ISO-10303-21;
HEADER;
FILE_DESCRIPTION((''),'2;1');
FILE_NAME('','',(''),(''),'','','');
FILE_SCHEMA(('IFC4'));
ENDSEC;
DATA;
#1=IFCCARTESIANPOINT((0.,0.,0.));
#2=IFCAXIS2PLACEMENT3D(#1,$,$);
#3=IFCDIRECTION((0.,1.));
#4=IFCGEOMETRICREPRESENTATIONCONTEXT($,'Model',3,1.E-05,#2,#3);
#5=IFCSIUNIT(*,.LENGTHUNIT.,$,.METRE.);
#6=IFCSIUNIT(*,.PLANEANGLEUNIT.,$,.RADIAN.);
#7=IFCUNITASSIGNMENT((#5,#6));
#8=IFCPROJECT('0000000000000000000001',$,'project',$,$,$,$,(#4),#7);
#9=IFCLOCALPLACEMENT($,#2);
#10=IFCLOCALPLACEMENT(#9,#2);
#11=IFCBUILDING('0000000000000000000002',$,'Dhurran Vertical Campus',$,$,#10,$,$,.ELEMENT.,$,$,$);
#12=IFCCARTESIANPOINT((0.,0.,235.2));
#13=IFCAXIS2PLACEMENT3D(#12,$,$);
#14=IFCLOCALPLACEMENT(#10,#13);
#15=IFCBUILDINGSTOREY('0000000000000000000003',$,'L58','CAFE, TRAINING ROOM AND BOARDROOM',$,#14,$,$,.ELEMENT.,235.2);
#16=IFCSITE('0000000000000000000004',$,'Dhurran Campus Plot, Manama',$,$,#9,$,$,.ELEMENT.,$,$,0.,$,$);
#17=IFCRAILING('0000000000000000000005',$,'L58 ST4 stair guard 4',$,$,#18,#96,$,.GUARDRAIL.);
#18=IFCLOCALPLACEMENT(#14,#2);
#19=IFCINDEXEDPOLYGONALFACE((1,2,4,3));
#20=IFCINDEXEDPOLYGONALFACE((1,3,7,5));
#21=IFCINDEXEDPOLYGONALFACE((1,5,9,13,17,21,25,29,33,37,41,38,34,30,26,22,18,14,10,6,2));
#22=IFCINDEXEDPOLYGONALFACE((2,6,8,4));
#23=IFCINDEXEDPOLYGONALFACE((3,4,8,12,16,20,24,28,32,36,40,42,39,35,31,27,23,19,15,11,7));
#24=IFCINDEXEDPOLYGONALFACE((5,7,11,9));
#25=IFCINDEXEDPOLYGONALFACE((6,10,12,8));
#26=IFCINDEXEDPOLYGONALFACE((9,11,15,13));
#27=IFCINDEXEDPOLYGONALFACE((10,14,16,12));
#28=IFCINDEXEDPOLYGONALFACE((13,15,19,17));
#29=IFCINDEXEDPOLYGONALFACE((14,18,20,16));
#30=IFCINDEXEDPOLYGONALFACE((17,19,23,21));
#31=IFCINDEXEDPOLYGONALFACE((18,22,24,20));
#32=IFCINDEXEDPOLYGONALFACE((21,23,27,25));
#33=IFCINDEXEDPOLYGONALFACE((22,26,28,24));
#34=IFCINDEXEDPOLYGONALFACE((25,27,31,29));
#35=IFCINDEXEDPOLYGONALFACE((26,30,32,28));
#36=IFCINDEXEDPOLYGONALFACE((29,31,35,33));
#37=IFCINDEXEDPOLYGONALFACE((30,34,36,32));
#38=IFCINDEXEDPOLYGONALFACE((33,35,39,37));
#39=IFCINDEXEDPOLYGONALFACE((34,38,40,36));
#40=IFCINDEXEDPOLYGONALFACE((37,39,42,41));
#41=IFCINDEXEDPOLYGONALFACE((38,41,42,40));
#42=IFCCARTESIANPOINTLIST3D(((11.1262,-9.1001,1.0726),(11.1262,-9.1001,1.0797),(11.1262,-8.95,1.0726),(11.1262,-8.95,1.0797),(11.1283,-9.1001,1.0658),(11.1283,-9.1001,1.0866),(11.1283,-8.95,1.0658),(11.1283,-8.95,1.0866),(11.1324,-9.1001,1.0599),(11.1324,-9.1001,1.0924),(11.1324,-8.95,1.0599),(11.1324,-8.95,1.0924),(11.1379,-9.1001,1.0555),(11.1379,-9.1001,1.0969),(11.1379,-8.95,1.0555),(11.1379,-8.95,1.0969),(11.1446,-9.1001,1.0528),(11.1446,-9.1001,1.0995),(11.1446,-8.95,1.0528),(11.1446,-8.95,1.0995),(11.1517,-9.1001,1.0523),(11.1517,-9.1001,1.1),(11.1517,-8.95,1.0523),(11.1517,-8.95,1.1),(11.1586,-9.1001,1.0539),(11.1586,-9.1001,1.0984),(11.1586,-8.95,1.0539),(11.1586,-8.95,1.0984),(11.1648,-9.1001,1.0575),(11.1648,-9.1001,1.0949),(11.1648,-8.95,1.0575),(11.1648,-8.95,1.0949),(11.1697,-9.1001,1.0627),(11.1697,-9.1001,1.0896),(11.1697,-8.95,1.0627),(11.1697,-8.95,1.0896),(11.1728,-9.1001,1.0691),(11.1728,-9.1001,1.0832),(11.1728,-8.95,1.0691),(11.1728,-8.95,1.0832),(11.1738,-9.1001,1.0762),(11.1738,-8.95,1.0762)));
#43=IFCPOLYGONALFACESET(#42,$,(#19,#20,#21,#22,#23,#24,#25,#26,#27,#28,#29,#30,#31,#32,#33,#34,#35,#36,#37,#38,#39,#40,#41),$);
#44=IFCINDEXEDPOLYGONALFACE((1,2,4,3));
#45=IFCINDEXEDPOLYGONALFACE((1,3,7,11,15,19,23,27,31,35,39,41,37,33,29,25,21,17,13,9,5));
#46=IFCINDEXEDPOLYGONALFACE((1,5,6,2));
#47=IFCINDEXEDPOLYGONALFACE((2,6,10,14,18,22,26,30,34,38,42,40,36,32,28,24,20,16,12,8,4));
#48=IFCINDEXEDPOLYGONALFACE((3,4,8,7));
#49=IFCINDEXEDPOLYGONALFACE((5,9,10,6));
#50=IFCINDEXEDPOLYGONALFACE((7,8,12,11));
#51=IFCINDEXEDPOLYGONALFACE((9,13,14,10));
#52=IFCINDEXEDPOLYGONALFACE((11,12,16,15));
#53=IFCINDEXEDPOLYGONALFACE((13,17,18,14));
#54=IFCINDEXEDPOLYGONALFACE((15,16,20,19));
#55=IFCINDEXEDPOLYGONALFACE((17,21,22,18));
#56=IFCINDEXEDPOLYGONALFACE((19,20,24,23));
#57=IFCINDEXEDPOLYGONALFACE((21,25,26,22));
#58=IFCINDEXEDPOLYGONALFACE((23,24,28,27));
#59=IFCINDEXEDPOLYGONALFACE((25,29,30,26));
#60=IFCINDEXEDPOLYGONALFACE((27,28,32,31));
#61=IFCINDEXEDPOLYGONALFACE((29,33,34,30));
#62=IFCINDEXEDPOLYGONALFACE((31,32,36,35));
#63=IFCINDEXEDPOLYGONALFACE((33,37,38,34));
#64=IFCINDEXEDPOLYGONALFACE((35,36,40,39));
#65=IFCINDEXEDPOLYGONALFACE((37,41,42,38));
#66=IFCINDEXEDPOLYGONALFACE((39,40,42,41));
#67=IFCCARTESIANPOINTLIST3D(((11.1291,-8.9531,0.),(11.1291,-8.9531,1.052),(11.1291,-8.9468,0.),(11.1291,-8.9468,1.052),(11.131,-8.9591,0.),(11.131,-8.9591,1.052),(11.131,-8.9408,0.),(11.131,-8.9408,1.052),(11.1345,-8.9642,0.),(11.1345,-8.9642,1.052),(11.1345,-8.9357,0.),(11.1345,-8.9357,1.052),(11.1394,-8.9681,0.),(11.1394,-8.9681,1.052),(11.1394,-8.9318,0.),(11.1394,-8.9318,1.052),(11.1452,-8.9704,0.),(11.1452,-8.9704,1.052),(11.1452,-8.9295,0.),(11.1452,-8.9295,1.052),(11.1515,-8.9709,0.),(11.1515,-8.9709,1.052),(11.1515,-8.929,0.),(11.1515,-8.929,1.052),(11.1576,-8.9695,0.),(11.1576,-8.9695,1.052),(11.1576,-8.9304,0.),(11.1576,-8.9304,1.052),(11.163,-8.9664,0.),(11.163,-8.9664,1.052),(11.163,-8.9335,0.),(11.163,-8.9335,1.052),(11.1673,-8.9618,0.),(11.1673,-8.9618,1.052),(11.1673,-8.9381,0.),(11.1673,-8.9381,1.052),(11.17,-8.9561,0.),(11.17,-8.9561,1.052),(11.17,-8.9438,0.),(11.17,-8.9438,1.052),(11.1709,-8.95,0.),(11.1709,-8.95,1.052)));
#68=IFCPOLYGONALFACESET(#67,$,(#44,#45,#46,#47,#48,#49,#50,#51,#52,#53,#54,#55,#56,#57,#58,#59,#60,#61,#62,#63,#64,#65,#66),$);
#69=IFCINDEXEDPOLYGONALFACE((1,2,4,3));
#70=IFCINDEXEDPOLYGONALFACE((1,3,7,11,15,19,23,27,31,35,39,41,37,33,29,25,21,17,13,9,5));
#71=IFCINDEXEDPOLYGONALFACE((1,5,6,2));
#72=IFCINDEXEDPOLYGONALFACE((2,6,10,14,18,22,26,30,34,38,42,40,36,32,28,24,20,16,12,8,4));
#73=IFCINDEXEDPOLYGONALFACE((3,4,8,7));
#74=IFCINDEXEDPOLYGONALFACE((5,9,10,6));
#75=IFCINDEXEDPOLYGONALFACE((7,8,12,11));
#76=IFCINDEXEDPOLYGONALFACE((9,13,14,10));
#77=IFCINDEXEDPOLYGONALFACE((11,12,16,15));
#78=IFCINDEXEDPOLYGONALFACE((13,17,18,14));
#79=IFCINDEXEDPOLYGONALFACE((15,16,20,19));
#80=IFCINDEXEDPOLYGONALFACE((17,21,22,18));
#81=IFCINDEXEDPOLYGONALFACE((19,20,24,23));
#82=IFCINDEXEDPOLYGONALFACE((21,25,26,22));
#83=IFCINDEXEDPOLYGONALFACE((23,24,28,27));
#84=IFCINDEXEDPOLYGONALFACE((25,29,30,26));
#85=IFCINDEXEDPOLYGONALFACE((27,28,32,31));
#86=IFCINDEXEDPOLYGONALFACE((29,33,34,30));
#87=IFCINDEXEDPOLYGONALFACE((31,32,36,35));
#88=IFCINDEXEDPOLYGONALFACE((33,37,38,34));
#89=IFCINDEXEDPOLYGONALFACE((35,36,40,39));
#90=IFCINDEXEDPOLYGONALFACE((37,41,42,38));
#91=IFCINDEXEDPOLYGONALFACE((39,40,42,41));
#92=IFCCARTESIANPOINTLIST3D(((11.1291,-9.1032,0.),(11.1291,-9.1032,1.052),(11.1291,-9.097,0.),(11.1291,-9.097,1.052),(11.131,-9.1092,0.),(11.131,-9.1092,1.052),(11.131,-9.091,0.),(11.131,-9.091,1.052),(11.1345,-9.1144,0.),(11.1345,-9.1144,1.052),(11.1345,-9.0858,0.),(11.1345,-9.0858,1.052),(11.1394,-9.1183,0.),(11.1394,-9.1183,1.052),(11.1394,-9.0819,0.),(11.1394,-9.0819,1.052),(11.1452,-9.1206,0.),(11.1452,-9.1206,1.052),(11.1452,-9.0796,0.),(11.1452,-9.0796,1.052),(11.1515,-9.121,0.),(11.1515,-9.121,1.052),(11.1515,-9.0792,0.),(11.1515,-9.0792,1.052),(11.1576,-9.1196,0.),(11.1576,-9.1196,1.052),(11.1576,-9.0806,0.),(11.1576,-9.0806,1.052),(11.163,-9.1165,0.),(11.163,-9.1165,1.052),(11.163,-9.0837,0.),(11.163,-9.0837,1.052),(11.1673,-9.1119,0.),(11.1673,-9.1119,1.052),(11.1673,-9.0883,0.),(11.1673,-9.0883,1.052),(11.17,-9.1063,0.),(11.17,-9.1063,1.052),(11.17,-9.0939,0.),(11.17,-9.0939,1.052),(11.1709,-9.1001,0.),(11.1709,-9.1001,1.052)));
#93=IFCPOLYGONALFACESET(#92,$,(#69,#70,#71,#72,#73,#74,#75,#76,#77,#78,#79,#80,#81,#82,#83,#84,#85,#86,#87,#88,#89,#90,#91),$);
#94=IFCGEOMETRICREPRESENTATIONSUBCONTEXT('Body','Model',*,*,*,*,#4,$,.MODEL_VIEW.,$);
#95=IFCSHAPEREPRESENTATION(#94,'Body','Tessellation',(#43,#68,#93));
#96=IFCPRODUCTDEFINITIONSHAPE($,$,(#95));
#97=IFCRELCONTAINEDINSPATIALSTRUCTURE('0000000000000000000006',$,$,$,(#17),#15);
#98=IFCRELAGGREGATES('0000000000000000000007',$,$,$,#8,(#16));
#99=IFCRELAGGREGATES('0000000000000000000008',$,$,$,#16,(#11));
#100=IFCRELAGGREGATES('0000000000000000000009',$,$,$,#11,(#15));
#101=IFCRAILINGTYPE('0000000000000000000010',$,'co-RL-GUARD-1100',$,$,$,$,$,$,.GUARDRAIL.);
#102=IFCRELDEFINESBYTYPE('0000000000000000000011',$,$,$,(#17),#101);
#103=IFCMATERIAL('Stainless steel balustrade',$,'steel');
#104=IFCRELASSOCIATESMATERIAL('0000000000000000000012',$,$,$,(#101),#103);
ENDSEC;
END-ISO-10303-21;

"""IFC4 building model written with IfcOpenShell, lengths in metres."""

from ifc_helpers import new_model, si_unit, direction, frame, origin, origin_2d, place, context, subcontext, project, spatial, circle, extrude, material, type_object, element, save


model = new_model("IFC4")

# Units and contexts
model_context = context("Model", 3, precision=1e-05, world=origin(), true_north=direction((0.0, 1.0)))
body_context = subcontext(model_context, "Body", "Model", "MODEL_VIEW")
ifc_project = project(units=[si_unit("LENGTHUNIT", "METRE"), si_unit("PLANEANGLEUNIT", "RADIAN")], contexts=[model_context])

# Site, building, storey
site_placement = place(None, origin())
site = spatial("IfcSite", under=ifc_project, at=site_placement, Name="Dhurran Campus Plot, Manama", CompositionType="ELEMENT", RefElevation=0.0)
building_placement = place(site_placement, origin())
building = spatial("IfcBuilding", under=site, at=building_placement, Name="Dhurran Vertical Campus", CompositionType="ELEMENT")
storey_placement = place(building_placement, frame((0.0, 0.0, 235.2)))
storey = spatial("IfcBuildingStorey", under=building, at=storey_placement, Name="L58", Description="CAFE, TRAINING ROOM AND BOARDROOM", CompositionType="ELEMENT", Elevation=235.2)

# Railing
ifc_material_1 = material(Name="Stainless steel balustrade", Category="steel")
railing_type_1 = type_object("IfcRailingType", Name="co-RL-GUARD-1100", PredefinedType="GUARDRAIL", material=ifc_material_1)
railing_1_placement = place(storey_placement, frame((11.1499, -8.95, 0.0)))
element("IfcRailing", 1, at=railing_1_placement, inside=storey, type_object=railing_type_1, Name="L58 ST4 stair guard 4", PredefinedType="GUARDRAIL", context=body_context, shape_type="SweptSolid", body=[
    extrude(circle(Radius=0.0239, at=origin_2d()), frame((0.0, 0.0, 1.0762), z_axis=(0.0, -1.0, 0.0), x_axis=(1.0, 0.0, 0.0)), (0.0, 0.0, 1.0), 0.1501),
    extrude(circle(Radius=0.021, at=origin_2d()), origin(), (0.0, 0.0, 1.0), 1.052),
    extrude(circle(Radius=0.021, at=origin_2d()), frame((0.0, -0.1501, 0.0)), (0.0, 0.0, 1.0), 1.052),
])

save(model, "model.ifc")
